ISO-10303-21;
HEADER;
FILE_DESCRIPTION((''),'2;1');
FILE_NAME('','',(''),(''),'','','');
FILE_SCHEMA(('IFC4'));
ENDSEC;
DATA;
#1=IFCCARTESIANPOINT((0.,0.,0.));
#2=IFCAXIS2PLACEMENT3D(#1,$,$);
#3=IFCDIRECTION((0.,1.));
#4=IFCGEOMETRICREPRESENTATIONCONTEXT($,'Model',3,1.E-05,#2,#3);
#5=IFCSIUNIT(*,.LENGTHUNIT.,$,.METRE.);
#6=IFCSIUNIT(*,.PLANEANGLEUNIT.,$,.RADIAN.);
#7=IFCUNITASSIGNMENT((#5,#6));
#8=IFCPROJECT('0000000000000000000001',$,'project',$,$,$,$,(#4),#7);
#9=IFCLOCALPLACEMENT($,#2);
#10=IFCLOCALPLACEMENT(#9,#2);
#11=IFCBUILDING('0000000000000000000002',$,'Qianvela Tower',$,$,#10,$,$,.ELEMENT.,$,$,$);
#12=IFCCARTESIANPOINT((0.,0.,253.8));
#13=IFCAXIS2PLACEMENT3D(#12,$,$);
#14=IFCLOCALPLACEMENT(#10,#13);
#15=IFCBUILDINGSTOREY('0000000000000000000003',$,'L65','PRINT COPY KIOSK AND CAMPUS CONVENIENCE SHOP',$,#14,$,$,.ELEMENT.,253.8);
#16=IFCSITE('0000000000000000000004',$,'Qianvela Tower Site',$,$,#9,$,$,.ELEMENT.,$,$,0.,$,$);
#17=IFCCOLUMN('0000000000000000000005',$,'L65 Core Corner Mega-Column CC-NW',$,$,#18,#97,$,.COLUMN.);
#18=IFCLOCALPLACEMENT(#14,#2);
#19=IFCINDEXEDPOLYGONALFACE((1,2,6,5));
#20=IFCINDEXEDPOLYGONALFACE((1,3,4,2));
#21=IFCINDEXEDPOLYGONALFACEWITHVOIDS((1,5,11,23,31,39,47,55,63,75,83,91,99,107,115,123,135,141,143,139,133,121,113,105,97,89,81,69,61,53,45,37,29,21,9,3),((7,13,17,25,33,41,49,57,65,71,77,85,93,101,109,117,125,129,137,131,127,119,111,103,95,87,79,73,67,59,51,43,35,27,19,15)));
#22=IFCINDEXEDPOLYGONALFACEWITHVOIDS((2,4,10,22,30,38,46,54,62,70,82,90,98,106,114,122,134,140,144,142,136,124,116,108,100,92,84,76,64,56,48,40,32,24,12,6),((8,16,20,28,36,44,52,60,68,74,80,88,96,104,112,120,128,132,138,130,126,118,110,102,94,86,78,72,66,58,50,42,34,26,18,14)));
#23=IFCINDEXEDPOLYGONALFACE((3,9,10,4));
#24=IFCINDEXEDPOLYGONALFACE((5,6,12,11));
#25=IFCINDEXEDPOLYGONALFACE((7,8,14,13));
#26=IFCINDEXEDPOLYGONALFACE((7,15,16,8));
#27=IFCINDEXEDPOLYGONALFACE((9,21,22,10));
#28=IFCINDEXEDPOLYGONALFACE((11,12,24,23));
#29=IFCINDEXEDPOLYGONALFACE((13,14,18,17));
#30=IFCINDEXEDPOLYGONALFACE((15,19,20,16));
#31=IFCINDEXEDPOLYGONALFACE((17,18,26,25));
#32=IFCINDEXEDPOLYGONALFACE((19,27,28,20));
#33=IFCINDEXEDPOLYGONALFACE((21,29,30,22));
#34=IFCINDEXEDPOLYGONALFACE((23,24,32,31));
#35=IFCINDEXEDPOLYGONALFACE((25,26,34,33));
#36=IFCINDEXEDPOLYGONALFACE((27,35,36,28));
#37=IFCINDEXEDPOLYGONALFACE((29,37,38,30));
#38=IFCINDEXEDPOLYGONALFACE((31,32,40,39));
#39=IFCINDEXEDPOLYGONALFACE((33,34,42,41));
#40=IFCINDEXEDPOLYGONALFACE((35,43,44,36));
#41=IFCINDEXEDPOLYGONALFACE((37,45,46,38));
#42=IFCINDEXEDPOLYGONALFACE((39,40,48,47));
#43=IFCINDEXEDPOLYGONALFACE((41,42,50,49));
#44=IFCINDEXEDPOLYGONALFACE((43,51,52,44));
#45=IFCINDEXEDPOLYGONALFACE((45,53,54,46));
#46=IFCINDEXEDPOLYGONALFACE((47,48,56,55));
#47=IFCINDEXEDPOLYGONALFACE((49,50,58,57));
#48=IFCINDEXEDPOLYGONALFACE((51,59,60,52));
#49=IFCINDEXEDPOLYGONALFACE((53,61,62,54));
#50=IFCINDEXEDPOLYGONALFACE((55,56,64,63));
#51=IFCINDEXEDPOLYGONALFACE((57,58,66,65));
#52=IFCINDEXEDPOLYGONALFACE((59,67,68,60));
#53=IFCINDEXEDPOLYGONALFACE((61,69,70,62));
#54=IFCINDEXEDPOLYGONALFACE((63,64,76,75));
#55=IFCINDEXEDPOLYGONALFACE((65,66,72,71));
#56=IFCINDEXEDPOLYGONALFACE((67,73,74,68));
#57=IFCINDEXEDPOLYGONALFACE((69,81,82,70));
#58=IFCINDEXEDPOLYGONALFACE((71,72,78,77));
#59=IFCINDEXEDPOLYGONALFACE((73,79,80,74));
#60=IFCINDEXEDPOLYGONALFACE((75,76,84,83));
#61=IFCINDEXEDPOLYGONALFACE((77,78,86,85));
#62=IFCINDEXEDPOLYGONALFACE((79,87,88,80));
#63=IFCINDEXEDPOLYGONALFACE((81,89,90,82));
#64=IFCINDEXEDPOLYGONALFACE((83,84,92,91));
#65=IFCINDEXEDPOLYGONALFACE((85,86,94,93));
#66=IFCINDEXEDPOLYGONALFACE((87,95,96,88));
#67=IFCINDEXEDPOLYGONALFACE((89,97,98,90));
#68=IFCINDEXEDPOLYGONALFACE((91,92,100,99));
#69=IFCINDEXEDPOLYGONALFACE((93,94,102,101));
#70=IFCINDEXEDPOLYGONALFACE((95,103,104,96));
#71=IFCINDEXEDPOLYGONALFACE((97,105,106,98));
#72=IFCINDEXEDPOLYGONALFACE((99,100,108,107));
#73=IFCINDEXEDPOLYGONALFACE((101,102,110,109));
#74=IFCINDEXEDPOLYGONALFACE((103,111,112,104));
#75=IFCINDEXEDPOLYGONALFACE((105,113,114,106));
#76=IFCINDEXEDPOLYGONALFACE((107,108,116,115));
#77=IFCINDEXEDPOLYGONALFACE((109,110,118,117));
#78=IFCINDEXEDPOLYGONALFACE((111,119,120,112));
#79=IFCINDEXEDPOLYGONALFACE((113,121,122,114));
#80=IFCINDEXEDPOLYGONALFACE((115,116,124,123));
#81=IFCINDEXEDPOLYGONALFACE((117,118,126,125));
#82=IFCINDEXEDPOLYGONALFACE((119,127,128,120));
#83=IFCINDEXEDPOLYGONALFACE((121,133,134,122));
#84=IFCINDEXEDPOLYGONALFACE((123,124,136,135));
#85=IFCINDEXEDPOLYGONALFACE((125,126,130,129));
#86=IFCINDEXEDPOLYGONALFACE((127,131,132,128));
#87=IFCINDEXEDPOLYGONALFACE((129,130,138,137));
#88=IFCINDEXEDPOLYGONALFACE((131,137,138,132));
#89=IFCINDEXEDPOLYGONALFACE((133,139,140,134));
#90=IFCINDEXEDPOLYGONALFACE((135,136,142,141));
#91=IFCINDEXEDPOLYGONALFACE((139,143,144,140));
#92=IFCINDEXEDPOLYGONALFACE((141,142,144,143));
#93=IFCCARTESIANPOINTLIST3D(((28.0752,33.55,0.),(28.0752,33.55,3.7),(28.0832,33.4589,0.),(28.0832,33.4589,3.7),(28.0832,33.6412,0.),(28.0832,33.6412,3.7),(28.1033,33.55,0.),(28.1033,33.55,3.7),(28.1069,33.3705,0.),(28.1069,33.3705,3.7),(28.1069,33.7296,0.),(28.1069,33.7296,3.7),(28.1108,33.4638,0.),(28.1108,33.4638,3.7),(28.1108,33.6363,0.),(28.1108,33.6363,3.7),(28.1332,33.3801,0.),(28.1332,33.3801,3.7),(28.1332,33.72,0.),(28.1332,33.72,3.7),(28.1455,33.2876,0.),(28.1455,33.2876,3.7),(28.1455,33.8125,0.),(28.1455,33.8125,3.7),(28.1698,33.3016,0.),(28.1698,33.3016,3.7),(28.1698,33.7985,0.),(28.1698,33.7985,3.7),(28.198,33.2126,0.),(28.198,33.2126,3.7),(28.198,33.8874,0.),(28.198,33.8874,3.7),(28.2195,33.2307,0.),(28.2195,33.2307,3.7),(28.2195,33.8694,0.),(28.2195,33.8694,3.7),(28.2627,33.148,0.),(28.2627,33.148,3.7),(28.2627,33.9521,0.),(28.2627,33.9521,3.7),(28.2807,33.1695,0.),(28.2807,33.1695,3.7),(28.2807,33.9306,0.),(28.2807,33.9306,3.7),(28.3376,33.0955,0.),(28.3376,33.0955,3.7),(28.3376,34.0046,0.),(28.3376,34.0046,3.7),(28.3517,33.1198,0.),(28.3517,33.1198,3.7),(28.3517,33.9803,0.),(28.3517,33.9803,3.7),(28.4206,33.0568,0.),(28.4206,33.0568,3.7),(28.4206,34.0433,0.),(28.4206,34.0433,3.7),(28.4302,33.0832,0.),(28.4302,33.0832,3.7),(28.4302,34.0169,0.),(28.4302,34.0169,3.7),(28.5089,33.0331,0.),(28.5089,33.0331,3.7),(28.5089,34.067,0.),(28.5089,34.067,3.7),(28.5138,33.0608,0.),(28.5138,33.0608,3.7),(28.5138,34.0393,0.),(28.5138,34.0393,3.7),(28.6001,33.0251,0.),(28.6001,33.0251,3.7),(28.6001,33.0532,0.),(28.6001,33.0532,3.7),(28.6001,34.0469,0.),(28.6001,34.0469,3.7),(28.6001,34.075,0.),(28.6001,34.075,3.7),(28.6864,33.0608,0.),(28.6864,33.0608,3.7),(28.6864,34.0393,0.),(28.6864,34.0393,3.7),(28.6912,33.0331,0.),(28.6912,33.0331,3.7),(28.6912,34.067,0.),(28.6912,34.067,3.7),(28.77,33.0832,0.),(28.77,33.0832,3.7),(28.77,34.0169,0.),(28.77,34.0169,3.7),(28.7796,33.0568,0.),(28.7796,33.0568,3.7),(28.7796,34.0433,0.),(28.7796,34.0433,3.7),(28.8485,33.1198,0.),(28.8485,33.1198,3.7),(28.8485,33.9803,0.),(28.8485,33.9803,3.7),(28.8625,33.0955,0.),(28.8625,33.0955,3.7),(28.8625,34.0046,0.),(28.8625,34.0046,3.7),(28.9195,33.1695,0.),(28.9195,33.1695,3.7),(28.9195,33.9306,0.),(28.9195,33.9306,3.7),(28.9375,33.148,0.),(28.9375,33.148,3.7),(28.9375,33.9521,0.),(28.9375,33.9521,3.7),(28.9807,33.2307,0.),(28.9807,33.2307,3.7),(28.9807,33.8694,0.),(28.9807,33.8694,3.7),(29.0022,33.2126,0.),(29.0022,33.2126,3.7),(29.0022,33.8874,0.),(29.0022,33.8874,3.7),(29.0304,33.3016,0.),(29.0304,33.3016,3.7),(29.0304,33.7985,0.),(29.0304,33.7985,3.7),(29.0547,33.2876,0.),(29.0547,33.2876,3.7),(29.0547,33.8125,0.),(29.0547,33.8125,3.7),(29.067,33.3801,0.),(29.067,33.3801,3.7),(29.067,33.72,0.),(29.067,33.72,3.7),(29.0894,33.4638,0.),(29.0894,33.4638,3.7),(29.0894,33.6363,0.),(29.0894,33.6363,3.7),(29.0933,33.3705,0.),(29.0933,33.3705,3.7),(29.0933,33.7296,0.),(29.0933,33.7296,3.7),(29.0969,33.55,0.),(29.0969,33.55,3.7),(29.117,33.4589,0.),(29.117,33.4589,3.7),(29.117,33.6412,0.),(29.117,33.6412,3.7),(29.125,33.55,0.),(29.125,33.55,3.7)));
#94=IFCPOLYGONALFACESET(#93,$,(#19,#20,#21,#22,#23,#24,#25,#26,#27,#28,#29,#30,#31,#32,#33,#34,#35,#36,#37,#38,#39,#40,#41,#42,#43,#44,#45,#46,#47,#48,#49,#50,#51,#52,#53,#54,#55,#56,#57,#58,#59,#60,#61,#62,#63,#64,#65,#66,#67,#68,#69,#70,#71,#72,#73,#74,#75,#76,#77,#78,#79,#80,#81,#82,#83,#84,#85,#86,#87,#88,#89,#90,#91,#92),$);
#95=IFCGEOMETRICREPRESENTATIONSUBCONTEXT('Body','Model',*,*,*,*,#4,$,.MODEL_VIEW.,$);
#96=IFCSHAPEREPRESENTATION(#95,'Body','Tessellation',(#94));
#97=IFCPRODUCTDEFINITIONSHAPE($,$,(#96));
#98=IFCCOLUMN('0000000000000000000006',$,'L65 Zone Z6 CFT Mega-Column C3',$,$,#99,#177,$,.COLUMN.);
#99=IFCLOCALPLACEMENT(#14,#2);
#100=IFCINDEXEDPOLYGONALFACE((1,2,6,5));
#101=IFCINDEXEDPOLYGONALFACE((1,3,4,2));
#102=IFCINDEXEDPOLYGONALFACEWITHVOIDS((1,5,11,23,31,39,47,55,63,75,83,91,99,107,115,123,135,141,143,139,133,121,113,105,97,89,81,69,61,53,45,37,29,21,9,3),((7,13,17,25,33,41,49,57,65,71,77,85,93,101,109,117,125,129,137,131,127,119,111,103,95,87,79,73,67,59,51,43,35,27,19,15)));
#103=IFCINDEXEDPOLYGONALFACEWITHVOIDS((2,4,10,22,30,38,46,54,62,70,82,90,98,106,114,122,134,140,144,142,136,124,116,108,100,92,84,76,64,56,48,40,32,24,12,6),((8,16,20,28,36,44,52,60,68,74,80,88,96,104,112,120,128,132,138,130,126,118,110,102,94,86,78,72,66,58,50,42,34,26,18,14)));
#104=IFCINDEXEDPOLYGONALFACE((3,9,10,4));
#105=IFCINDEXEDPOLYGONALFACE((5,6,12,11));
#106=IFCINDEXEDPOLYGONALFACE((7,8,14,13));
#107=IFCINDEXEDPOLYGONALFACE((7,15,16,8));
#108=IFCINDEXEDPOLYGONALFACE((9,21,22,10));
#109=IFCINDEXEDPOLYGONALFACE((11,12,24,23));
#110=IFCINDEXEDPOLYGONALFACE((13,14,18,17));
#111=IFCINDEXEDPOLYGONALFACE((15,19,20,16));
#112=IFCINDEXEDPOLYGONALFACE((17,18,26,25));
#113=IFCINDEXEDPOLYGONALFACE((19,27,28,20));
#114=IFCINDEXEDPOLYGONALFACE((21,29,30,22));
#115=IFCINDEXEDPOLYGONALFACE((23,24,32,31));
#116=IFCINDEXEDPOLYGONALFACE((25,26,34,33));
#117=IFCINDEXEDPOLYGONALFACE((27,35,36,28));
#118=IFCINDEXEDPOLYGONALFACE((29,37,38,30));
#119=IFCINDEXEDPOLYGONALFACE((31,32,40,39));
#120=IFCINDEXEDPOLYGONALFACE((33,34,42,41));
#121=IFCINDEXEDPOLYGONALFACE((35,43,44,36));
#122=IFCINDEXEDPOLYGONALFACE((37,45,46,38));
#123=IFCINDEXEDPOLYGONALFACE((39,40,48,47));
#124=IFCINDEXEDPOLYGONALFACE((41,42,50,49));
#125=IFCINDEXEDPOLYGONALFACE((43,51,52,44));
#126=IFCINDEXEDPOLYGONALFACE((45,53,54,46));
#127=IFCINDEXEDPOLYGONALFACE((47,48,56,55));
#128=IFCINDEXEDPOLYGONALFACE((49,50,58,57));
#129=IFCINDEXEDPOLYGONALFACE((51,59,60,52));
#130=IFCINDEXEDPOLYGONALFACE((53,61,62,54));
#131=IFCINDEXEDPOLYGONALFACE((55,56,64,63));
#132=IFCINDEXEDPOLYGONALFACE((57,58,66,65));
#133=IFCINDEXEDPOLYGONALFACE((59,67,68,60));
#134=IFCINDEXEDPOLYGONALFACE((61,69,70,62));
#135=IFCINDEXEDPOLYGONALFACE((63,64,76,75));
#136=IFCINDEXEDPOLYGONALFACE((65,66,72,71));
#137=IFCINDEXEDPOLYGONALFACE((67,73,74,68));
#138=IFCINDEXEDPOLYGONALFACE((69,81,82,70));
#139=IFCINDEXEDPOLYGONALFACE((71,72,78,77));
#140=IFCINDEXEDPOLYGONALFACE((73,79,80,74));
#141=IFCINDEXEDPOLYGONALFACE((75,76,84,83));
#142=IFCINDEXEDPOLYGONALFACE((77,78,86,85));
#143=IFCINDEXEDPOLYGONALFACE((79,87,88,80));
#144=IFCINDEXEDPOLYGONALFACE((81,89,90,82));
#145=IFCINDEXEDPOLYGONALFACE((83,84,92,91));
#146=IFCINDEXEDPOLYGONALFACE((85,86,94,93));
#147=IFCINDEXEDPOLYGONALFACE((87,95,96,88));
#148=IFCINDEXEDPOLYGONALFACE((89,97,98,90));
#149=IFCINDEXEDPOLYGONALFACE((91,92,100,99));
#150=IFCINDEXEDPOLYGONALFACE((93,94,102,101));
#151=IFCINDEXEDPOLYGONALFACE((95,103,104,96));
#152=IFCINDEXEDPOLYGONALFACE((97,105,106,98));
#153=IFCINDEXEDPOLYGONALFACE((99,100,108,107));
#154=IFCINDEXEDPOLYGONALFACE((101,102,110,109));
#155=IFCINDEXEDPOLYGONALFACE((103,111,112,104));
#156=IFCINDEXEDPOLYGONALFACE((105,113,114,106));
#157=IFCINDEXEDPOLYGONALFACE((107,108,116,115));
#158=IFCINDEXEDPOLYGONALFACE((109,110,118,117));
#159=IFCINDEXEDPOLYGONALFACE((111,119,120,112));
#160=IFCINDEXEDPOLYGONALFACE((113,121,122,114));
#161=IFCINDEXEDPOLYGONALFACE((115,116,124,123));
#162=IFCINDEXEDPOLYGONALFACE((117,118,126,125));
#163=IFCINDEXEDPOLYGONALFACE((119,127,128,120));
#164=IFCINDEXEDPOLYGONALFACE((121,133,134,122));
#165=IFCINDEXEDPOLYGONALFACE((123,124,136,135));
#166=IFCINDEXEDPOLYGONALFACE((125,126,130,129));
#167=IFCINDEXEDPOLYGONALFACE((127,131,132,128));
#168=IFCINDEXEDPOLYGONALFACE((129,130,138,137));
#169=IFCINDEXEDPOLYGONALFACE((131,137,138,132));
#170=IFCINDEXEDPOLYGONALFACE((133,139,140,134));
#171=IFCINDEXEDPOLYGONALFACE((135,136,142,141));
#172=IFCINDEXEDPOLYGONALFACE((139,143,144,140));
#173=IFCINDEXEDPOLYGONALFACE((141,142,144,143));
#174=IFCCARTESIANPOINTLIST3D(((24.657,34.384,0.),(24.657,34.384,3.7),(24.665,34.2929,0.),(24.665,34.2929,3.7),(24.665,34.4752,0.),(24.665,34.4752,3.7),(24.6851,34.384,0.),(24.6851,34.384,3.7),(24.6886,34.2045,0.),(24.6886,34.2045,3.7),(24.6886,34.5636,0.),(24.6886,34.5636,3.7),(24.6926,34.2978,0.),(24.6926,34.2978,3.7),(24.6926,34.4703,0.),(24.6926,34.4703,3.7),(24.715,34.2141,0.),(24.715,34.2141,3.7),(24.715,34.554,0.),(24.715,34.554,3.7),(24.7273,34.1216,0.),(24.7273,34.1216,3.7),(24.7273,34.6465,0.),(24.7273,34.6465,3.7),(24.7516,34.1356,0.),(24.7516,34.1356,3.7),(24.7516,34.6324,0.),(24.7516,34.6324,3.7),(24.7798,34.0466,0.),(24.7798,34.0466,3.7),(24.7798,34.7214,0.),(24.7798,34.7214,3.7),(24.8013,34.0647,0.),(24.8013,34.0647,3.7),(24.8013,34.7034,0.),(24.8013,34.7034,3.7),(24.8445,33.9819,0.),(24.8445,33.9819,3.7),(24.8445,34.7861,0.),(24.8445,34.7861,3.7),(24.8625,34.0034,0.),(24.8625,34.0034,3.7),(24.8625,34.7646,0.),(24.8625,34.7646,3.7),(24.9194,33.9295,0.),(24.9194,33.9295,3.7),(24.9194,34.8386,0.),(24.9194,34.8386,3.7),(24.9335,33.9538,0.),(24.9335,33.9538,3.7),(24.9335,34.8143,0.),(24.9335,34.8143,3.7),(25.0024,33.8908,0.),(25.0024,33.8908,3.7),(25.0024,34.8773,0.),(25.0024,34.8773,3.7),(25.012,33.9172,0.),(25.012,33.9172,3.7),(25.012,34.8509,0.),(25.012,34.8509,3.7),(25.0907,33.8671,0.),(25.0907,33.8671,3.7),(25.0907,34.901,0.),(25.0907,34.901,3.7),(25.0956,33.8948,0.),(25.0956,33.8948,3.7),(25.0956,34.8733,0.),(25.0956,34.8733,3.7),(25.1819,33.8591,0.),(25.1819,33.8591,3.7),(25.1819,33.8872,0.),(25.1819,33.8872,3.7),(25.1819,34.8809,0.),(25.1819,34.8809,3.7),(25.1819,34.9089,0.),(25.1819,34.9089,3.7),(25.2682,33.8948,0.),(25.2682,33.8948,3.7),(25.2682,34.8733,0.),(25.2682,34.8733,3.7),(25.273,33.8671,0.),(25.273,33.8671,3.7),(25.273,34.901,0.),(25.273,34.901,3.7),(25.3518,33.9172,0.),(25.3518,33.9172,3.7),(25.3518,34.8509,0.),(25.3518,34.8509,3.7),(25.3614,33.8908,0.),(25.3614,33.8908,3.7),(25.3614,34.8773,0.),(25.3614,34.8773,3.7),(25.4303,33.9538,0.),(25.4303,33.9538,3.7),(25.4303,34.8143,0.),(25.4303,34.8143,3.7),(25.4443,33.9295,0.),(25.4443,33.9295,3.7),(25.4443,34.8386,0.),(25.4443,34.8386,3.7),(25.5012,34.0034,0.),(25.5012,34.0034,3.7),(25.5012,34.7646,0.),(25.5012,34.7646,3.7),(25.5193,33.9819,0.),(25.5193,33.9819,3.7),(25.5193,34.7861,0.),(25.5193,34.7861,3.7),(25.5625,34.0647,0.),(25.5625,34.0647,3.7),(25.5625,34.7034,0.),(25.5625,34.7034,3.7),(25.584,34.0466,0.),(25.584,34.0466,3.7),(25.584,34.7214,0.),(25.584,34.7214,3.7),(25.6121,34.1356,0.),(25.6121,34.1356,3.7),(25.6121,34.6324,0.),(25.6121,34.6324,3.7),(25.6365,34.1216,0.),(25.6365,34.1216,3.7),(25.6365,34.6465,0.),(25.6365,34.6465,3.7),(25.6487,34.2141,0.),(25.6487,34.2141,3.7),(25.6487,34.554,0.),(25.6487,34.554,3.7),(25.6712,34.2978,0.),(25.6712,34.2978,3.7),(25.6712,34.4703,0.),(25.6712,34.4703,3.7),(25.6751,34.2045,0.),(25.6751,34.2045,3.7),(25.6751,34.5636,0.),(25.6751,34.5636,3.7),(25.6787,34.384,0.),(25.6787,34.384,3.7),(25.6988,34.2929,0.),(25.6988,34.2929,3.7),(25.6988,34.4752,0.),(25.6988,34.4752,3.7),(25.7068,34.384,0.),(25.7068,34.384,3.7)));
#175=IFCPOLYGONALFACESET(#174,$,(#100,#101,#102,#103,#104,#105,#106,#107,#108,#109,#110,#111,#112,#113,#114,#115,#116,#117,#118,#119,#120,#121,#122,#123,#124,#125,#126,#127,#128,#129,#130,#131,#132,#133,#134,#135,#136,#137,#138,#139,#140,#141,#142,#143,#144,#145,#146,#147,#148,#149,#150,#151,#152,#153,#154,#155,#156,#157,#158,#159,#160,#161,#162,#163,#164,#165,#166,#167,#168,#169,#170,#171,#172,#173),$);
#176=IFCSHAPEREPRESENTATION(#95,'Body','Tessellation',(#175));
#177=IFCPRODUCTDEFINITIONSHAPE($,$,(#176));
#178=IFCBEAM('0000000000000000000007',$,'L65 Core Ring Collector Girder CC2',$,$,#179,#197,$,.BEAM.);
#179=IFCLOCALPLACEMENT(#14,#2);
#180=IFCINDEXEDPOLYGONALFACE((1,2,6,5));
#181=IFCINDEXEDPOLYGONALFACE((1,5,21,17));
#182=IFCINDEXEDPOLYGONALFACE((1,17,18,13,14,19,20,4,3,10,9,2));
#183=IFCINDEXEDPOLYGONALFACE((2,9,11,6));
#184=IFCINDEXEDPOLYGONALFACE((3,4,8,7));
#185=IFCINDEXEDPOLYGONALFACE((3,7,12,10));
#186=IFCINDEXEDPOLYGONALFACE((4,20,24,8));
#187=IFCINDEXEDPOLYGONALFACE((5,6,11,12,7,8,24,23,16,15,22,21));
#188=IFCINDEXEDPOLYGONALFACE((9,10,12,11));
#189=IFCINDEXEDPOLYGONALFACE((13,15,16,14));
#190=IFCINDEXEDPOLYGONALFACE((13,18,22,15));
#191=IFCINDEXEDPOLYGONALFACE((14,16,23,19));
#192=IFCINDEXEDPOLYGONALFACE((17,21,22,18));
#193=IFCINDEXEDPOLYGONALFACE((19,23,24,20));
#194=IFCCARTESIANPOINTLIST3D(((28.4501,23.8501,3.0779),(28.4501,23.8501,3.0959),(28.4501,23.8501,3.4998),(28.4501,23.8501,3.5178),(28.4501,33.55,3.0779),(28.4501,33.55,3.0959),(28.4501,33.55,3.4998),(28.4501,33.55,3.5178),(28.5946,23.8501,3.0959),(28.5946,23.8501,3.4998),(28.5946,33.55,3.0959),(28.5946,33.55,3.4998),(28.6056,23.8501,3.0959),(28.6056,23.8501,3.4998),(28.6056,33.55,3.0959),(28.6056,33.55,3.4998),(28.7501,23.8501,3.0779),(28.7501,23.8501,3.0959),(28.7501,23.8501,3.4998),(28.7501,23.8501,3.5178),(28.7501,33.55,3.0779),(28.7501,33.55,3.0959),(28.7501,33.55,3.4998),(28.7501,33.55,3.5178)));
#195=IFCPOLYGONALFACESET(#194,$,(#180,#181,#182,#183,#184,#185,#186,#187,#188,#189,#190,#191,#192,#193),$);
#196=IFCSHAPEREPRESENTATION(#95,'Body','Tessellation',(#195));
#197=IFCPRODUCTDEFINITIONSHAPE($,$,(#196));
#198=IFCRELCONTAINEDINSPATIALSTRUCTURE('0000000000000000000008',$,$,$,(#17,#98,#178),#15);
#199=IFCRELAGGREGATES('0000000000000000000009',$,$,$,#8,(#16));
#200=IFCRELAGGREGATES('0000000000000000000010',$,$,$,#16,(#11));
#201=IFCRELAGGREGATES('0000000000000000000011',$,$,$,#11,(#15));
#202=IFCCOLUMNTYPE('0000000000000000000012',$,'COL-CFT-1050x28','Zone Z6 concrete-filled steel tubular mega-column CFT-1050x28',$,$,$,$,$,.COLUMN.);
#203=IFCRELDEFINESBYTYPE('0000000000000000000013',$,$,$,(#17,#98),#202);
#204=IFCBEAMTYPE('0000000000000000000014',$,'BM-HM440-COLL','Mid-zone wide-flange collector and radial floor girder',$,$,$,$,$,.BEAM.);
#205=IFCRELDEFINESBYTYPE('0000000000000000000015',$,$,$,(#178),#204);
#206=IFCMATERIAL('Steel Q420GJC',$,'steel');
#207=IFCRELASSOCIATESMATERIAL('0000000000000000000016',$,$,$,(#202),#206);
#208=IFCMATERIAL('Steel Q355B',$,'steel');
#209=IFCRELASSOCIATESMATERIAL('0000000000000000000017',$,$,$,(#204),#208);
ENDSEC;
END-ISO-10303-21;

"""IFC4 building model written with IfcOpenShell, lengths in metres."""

from ifc_helpers import new_model, si_unit, direction, frame, origin, origin_2d, place, context, subcontext, project, spatial, hollow_circle, i_section, extrude, material, material_profile, profile_set, type_object, element, save


model = new_model("IFC4")

# Units and contexts
model_context = context("Model", 3, precision=1e-05, world=origin(), true_north=direction((0.0, 1.0)))
body_context = subcontext(model_context, "Body", "Model", "MODEL_VIEW")
ifc_project = project(units=[si_unit("LENGTHUNIT", "METRE"), si_unit("PLANEANGLEUNIT", "RADIAN")], contexts=[model_context])

# Site, building, storey
site_placement = place(None, origin())
site = spatial("IfcSite", under=ifc_project, at=site_placement, Name="Qianvela Tower Site", CompositionType="ELEMENT", RefElevation=0.0)
building_placement = place(site_placement, origin())
building = spatial("IfcBuilding", under=site, at=building_placement, Name="Qianvela Tower", CompositionType="ELEMENT")
storey_placement = place(building_placement, frame((0.0, 0.0, 253.8)))
storey = spatial("IfcBuildingStorey", under=building, at=storey_placement, Name="L65", Description="PRINT COPY KIOSK AND CAMPUS CONVENIENCE SHOP", CompositionType="ELEMENT", Elevation=253.8)

# Columns
ifc_material_1 = material(Name="Steel Q420GJC", Category="steel")
ifc_material_profile_1 = material_profile(ifc_material_1, hollow_circle(Radius=0.5249, WallThickness=0.0281, at=origin_2d()), Name="CFT-1050x28")
ifc_profile_set_1 = profile_set([ifc_material_profile_1], Name="Steel Q420GJC")
column_type = type_object("IfcColumnType", Name="COL-CFT-1050x28", Description="Zone Z6 concrete-filled steel tubular mega-column CFT-1050x28", PredefinedType="COLUMN", material=ifc_profile_set_1)
for number, where, z_axis, x_axis, name in (
    (1, (28.6001, 33.55, 0.0), (0.0, 0.0, 1.0), (1.0, 0.0, 0.0), "L65 Core Corner Mega-Column CC-NW"),
    (2, (25.1819, 34.384, 0.0), (0.0, 0.0, 1.0), (1.0, 0.0, 0.0), "L65 Zone Z6 CFT Mega-Column C3"),
):
    element("IfcColumn", number, at=place(storey_placement, frame(where, z_axis=z_axis, x_axis=x_axis)), inside=storey, type_object=column_type, Name=name, PredefinedType="COLUMN", context=body_context, shape_type="SweptSolid", body=[
        extrude(hollow_circle(Radius=0.5249, WallThickness=0.0281, at=origin_2d()), origin(), (0.0, 0.0, 1.0), 3.7),
    ])

# Beam
ifc_material_2 = material(Name="Steel Q355B", Category="steel")
ifc_material_profile_2 = material_profile(ifc_material_2, i_section(OverallWidth=0.3, OverallDepth=0.4399, WebThickness=0.011, FlangeThickness=0.0181, at=origin_2d()), Name="HM440x300x11x18")
ifc_profile_set_2 = profile_set([ifc_material_profile_2], Name="Steel Q355B")
beam_type_1 = type_object("IfcBeamType", Name="BM-HM440-COLL", Description="Mid-zone wide-flange collector and radial floor girder", PredefinedType="BEAM", material=ifc_profile_set_2)
beam_1_placement = place(storey_placement, frame((28.6001, 33.55, 3.2979), z_axis=(0.0, -1.0, 0.0), x_axis=(1.0, 0.0, 0.0)))
element("IfcBeam", 3, at=beam_1_placement, inside=storey, type_object=beam_type_1, Name="L65 Core Ring Collector Girder CC2", PredefinedType="BEAM", context=body_context, shape_type="SweptSolid", body=[
    extrude(i_section(OverallWidth=0.3, OverallDepth=0.4399, WebThickness=0.011, FlangeThickness=0.0181, at=origin_2d()), origin(), (0.0, 0.0, 1.0), 9.7),
])

save(model, "model.ifc")
